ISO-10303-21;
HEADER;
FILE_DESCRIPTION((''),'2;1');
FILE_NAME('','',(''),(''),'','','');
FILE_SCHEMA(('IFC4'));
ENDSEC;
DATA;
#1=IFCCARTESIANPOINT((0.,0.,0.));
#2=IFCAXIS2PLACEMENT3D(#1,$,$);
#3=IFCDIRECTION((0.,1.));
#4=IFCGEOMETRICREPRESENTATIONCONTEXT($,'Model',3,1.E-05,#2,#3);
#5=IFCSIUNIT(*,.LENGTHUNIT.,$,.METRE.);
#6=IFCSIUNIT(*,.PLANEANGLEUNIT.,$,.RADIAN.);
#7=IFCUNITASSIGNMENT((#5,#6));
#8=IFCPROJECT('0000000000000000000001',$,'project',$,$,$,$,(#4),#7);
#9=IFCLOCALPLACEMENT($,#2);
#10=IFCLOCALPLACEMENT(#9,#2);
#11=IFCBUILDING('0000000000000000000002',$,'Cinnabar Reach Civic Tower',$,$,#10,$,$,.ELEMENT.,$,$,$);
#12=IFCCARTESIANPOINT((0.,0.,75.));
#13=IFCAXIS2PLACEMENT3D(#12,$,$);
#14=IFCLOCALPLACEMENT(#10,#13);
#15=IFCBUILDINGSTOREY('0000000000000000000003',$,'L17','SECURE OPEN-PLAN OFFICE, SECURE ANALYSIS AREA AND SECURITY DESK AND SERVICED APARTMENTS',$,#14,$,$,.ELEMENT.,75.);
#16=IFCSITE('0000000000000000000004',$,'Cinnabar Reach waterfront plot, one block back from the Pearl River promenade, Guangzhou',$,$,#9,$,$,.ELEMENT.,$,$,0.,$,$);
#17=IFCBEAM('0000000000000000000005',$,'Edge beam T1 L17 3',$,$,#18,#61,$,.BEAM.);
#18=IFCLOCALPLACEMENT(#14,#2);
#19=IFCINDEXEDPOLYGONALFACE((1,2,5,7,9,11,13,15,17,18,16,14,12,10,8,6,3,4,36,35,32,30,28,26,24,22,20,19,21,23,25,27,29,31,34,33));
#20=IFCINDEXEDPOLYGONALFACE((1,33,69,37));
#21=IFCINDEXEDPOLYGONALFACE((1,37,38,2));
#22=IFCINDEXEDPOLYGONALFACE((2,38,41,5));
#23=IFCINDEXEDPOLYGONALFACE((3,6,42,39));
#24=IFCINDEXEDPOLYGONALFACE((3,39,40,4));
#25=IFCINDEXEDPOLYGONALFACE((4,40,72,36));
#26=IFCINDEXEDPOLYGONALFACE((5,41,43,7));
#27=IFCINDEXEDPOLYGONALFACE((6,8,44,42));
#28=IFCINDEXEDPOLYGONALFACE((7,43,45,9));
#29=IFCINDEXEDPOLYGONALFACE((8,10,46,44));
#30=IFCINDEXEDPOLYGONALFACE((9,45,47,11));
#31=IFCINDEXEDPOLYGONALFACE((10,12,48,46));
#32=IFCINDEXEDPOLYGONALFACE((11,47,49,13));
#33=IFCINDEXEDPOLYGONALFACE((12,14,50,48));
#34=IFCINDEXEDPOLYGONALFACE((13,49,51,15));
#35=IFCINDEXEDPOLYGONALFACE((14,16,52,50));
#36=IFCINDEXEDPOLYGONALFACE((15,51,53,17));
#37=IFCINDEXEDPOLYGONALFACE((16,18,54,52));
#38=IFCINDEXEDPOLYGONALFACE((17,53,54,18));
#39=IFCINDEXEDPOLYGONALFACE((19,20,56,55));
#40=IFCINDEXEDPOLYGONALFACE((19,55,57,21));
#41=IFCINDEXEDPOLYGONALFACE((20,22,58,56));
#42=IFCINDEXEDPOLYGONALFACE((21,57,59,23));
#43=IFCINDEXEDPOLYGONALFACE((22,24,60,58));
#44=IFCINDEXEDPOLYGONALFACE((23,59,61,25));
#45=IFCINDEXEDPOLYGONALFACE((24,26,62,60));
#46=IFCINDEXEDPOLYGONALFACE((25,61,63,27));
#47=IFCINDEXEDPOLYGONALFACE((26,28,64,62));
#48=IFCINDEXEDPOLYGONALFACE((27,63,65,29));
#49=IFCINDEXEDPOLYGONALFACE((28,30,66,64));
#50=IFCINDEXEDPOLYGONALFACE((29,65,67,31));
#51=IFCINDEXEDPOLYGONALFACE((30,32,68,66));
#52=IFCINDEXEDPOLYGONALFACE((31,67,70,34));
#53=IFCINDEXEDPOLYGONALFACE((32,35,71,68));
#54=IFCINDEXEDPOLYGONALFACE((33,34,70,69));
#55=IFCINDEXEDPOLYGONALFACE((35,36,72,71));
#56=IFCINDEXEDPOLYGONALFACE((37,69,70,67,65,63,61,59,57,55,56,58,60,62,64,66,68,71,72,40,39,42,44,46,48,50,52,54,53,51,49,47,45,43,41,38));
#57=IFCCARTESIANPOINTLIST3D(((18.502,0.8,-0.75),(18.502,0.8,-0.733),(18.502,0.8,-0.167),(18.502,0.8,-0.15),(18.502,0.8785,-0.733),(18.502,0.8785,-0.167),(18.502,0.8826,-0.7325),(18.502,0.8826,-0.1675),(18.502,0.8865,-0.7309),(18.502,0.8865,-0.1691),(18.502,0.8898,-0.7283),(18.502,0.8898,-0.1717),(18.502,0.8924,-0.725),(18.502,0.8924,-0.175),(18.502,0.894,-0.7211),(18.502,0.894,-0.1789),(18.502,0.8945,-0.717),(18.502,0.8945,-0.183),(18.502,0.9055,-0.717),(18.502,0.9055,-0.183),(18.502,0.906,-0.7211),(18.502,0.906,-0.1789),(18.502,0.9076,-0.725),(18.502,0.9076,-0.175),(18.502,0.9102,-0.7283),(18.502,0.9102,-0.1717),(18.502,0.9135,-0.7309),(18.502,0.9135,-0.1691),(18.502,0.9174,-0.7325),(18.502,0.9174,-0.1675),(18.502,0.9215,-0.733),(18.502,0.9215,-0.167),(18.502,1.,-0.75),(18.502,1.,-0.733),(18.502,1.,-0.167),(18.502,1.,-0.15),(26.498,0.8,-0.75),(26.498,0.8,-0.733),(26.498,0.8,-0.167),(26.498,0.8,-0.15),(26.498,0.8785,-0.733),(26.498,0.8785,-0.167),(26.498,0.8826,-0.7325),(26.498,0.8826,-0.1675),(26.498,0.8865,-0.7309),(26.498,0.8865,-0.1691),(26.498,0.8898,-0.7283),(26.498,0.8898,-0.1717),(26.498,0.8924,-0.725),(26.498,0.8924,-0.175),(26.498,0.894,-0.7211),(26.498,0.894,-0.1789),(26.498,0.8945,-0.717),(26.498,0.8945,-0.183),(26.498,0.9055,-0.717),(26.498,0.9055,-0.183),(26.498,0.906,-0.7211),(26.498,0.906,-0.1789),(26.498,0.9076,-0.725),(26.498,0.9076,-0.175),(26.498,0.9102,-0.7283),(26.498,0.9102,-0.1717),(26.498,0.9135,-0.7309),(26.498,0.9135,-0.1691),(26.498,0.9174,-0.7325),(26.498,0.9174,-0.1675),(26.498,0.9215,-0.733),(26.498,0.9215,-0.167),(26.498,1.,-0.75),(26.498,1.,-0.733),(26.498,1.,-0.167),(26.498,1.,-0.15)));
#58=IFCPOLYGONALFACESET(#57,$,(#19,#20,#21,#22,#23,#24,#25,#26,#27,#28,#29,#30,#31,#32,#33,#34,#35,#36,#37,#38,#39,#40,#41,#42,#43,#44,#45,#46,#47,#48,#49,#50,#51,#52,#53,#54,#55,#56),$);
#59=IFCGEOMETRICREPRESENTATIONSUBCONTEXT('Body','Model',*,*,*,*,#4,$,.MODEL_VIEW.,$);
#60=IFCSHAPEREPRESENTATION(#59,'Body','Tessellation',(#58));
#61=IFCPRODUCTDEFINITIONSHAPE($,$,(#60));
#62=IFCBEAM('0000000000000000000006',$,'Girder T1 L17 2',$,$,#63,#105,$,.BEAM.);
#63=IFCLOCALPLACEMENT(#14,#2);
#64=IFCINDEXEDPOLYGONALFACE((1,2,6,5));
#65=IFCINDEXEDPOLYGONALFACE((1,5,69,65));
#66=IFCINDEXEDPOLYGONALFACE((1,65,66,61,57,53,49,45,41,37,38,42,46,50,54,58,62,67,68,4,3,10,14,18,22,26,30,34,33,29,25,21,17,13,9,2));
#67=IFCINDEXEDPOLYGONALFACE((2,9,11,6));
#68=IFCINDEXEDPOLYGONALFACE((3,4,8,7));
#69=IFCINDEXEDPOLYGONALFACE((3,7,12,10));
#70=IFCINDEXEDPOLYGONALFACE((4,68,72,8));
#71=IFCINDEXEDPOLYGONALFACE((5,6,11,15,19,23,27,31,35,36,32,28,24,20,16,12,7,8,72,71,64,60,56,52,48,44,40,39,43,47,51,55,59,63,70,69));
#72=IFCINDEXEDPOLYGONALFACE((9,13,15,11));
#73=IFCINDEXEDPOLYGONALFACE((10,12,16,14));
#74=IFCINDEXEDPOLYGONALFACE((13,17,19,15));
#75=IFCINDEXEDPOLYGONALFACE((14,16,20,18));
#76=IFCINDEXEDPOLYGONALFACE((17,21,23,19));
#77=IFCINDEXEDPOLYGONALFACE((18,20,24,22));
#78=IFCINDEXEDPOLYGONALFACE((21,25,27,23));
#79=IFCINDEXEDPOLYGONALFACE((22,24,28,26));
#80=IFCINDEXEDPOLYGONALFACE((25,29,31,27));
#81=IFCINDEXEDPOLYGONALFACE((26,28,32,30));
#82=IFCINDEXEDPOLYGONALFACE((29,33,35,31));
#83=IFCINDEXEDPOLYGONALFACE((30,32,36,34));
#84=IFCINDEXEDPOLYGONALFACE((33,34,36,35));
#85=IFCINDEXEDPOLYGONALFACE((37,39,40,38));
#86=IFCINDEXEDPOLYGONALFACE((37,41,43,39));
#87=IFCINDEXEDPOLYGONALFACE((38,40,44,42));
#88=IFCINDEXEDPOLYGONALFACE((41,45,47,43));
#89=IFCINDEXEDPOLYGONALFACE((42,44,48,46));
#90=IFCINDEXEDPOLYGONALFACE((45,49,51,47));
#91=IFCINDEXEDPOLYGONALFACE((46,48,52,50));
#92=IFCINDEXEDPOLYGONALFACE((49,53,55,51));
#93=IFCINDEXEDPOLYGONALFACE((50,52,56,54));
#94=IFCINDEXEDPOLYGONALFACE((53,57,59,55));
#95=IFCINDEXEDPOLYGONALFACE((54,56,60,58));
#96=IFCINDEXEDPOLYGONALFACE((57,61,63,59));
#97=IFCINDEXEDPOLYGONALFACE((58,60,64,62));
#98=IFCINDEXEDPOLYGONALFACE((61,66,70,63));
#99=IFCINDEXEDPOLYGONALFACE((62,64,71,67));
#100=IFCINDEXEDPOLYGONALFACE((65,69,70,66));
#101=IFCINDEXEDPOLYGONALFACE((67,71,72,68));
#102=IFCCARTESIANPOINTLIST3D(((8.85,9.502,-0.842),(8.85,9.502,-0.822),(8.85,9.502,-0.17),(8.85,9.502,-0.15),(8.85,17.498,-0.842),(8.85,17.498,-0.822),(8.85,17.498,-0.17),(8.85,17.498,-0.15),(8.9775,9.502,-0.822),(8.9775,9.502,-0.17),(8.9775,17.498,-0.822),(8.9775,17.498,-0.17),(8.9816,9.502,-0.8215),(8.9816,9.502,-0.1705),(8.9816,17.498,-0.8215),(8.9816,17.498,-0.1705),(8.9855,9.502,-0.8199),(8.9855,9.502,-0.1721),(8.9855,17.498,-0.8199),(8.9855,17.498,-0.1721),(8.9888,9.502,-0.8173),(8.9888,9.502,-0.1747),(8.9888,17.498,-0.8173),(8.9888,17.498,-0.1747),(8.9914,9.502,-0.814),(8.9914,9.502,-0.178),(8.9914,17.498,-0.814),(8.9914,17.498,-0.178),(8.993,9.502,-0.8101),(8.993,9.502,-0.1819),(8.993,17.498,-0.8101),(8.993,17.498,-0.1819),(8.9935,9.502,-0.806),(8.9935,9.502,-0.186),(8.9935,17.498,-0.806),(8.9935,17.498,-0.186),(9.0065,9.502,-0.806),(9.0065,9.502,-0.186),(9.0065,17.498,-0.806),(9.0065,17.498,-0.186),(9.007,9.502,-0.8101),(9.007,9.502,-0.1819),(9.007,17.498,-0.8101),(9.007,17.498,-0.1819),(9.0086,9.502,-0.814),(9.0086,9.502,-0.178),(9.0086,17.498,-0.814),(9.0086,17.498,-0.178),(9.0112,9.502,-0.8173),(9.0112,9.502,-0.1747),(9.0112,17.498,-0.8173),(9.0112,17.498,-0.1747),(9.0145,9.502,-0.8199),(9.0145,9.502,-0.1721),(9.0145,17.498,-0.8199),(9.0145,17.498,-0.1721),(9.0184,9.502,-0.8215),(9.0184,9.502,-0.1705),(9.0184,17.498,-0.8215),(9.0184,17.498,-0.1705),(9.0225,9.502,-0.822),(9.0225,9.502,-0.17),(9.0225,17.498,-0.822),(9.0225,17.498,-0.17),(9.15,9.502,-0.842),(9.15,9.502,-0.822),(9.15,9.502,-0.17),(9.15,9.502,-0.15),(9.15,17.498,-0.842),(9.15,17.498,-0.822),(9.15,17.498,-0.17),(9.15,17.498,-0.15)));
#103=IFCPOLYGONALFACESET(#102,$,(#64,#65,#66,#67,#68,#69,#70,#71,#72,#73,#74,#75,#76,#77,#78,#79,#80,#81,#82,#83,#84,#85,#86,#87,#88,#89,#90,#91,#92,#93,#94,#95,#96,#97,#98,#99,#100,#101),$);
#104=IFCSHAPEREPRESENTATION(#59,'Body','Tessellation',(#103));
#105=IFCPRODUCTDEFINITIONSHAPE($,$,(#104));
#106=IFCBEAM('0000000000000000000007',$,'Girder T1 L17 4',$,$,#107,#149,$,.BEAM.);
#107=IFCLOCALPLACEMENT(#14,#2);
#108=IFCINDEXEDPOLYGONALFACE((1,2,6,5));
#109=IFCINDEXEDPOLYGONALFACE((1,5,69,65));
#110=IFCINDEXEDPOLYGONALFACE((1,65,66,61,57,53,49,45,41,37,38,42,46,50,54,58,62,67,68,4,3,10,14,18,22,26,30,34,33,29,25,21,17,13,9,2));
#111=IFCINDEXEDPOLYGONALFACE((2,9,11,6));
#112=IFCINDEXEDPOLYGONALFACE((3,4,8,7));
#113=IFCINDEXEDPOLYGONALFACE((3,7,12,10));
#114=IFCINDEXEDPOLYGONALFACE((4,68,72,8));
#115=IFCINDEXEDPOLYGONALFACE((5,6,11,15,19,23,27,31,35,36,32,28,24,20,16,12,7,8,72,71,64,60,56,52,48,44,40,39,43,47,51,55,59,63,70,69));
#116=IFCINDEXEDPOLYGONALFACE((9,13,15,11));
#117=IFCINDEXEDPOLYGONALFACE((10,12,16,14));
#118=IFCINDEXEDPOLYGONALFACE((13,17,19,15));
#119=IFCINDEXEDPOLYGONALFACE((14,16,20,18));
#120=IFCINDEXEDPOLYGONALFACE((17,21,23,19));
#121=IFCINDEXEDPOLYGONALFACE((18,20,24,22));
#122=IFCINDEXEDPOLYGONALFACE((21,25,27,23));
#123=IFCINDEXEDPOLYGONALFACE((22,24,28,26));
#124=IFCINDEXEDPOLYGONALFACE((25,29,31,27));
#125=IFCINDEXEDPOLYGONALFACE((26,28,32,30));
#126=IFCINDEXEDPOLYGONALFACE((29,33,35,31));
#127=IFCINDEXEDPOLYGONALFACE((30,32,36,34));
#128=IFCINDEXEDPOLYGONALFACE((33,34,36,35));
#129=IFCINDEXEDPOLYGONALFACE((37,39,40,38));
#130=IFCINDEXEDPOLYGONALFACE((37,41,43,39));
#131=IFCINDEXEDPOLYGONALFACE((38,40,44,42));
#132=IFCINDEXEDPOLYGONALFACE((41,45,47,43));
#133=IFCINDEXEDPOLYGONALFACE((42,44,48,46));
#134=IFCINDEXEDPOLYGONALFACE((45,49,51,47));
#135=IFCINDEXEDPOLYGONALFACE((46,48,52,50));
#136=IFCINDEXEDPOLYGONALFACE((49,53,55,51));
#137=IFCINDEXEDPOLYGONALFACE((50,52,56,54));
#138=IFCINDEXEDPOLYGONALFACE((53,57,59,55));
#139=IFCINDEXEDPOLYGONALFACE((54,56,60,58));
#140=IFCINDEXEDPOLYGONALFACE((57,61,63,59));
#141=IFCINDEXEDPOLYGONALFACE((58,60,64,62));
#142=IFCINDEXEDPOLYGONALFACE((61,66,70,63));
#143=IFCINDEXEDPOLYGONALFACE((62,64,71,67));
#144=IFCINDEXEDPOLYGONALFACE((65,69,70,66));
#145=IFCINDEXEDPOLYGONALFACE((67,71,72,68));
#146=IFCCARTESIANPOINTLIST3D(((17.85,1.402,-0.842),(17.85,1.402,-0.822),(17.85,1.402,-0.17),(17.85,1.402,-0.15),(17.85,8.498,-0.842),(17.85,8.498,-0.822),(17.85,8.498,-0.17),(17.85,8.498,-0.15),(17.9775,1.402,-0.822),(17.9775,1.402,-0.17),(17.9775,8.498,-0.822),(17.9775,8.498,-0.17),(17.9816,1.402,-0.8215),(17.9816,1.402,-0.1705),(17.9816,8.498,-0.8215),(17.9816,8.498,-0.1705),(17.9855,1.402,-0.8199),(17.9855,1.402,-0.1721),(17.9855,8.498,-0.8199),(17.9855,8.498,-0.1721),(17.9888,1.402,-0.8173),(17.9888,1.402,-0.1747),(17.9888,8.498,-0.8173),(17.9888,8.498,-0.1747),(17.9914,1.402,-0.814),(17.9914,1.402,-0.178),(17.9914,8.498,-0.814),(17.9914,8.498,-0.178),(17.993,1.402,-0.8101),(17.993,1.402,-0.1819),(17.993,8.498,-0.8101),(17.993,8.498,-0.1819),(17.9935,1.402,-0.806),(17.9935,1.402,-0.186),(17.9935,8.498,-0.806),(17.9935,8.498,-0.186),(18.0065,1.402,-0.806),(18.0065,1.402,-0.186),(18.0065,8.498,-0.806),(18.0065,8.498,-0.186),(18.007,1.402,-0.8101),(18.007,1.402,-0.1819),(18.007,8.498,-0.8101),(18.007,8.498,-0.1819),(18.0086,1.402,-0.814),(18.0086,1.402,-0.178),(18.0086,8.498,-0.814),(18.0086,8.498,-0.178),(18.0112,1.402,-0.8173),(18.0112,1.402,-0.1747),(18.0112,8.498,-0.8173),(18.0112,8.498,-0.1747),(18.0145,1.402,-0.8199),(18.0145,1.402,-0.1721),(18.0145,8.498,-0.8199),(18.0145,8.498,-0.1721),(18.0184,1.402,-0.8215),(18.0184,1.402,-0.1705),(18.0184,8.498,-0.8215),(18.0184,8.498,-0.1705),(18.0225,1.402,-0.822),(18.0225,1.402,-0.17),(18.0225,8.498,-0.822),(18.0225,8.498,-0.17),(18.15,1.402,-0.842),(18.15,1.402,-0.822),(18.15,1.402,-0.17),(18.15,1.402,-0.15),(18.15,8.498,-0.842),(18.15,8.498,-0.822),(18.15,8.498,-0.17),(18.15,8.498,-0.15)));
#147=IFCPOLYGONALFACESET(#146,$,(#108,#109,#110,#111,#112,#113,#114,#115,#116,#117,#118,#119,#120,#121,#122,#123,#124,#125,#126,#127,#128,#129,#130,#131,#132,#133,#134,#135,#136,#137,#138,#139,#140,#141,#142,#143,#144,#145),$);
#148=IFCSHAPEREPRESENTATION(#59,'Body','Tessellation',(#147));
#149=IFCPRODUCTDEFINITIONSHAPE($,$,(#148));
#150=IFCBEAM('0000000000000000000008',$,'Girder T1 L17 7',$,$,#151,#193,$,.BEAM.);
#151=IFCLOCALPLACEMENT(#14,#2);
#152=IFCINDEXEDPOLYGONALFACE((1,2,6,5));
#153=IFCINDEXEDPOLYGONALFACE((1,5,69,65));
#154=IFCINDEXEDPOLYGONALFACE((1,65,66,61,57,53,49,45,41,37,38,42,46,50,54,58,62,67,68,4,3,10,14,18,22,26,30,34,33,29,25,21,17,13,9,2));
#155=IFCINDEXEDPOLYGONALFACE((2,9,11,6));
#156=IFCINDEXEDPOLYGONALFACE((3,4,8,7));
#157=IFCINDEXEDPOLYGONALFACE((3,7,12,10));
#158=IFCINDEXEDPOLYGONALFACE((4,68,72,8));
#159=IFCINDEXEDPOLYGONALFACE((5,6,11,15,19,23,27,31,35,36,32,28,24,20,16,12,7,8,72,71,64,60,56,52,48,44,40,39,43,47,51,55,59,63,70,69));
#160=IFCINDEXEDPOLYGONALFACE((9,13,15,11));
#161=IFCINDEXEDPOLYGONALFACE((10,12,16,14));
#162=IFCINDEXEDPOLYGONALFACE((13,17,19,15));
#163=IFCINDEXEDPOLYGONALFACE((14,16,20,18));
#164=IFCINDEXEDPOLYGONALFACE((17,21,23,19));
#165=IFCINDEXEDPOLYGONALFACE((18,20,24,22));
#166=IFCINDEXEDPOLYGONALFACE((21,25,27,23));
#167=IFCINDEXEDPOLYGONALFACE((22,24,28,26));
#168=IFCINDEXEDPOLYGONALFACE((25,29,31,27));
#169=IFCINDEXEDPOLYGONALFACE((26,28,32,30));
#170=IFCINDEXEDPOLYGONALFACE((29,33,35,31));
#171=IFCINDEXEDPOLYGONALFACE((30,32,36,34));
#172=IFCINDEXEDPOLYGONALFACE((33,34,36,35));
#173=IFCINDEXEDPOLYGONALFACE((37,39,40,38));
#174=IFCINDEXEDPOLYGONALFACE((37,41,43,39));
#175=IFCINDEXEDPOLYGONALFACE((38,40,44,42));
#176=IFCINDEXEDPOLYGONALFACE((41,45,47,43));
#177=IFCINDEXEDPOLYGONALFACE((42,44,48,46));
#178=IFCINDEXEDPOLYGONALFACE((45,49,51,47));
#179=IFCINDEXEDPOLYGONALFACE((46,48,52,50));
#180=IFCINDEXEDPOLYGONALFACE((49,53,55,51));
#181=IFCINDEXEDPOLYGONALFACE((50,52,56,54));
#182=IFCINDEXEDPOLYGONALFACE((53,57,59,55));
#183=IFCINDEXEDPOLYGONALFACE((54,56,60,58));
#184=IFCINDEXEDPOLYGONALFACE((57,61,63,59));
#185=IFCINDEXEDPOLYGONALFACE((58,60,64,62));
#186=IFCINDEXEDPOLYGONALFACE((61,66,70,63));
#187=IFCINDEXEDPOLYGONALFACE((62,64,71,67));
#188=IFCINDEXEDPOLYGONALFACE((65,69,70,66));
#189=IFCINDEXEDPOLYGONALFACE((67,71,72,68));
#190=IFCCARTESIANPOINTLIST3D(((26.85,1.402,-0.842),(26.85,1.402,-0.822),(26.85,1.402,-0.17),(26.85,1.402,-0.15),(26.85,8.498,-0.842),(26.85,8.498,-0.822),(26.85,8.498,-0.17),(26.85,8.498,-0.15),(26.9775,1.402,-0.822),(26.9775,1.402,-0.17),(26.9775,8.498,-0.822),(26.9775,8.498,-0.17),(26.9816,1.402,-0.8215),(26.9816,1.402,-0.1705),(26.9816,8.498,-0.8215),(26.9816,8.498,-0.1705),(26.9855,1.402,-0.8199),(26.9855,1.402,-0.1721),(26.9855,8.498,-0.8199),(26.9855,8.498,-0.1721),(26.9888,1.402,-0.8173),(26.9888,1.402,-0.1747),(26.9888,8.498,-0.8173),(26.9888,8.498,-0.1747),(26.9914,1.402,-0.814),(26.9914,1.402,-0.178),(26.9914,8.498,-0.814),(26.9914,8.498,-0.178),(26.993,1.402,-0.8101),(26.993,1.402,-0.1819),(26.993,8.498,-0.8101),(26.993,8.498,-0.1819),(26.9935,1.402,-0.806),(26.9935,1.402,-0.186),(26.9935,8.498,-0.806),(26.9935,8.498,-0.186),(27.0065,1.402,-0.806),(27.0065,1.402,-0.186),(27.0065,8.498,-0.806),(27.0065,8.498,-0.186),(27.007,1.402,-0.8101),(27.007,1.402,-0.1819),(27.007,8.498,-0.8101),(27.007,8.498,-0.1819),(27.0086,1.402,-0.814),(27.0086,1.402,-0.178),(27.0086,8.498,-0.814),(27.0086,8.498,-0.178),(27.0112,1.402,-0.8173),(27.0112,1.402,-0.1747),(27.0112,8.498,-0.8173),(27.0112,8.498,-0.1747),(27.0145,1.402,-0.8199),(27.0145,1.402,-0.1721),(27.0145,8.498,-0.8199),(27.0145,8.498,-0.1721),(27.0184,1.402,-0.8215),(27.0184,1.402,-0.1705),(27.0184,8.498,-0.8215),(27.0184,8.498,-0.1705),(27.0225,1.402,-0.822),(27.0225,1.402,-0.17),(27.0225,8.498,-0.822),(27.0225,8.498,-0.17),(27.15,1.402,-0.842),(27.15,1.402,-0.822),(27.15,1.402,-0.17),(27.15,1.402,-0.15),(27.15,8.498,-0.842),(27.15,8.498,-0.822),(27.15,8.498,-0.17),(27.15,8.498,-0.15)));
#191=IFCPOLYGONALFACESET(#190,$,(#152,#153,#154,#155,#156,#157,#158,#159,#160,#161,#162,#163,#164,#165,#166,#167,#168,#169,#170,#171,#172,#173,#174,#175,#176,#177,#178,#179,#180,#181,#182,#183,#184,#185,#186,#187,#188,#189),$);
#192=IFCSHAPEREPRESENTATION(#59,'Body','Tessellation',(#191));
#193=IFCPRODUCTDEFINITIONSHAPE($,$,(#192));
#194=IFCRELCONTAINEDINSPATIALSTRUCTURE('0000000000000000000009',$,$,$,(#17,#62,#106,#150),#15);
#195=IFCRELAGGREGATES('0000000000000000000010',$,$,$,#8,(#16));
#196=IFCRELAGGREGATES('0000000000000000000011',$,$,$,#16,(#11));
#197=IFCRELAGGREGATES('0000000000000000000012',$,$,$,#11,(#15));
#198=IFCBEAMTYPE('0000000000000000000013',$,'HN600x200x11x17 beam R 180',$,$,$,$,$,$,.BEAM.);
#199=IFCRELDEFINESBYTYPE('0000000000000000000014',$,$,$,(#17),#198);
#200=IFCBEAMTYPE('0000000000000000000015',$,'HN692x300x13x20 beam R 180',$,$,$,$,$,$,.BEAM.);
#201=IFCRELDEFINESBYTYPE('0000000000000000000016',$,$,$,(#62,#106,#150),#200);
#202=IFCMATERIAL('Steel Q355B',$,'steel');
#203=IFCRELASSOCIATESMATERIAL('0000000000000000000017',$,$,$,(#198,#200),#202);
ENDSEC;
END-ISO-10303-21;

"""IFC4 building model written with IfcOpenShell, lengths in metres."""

from ifc_helpers import new_model, si_unit, direction, frame, origin, origin_2d, place, context, subcontext, project, spatial, i_section, extrude, material, material_profile, profile_set, type_object, element, save


model = new_model("IFC4")

# Units and contexts
model_context = context("Model", 3, precision=1e-05, world=origin(), true_north=direction((0.0, 1.0)))
body_context = subcontext(model_context, "Body", "Model", "MODEL_VIEW")
ifc_project = project(units=[si_unit("LENGTHUNIT", "METRE"), si_unit("PLANEANGLEUNIT", "RADIAN")], contexts=[model_context])

# Site, building, storey
site_placement = place(None, origin())
site = spatial("IfcSite", under=ifc_project, at=site_placement, Name="Cinnabar Reach waterfront plot, one block back from the Pearl River promenade, Guangzhou", CompositionType="ELEMENT", RefElevation=0.0)
building_placement = place(site_placement, origin())
building = spatial("IfcBuilding", under=site, at=building_placement, Name="Cinnabar Reach Civic Tower", CompositionType="ELEMENT")
storey_placement = place(building_placement, frame((0.0, 0.0, 75.0)))
storey = spatial("IfcBuildingStorey", under=building, at=storey_placement, Name="L17", Description="SECURE OPEN-PLAN OFFICE, SECURE ANALYSIS AREA AND SECURITY DESK AND SERVICED APARTMENTS", CompositionType="ELEMENT", Elevation=75.0)

# Beams
ifc_material_1 = material(Name="Steel Q355B", Category="steel")
ifc_material_profile_1 = material_profile(ifc_material_1, i_section(OverallWidth=0.2, OverallDepth=0.6, WebThickness=0.011, FlangeThickness=0.017, FilletRadius=0.016, at=origin_2d()), Name="HN600x200x11x17")
ifc_profile_set_1 = profile_set([ifc_material_profile_1], Name="Steel Q355B")
beam_type_1 = type_object("IfcBeamType", Name="HN600x200x11x17 beam R 180", PredefinedType="BEAM", material=ifc_profile_set_1)
for number, where, z_axis, x_axis, name in (
    (1, (18.502, 0.9, -0.45), (1.0, 0.0, 0.0), (0.0, 1.0, 0.0), "Edge beam T1 L17 3"),
):
    element("IfcBeam", number, at=place(storey_placement, frame(where, z_axis=z_axis, x_axis=x_axis)), inside=storey, type_object=beam_type_1, Name=name, PredefinedType="BEAM", context=body_context, shape_type="SweptSolid", body=[
        extrude(i_section(OverallWidth=0.2, OverallDepth=0.6, WebThickness=0.011, FlangeThickness=0.017, FilletRadius=0.016, at=origin_2d()), origin(), (0.0, 0.0, 1.0), 7.996),
    ])
ifc_material_profile_2 = material_profile(ifc_material_1, i_section(OverallWidth=0.3, OverallDepth=0.692, WebThickness=0.013, FlangeThickness=0.02, FilletRadius=0.016, at=origin_2d()), Name="HN692x300x13x20")
ifc_profile_set_2 = profile_set([ifc_material_profile_2], Name="Steel Q355B")
beam_type_2 = type_object("IfcBeamType", Name="HN692x300x13x20 beam R 180", PredefinedType="BEAM", material=ifc_profile_set_2)
beam_placement = place(storey_placement, frame((9.0, 9.502, -0.496), z_axis=(0.0, 1.0, 0.0), x_axis=(-1.0, 0.0, 0.0)))
element("IfcBeam", 2, at=beam_placement, inside=storey, type_object=beam_type_2, Name="Girder T1 L17 2", PredefinedType="BEAM", context=body_context, shape_type="SweptSolid", body=[
    extrude(i_section(OverallWidth=0.3, OverallDepth=0.692, WebThickness=0.013, FlangeThickness=0.02, FilletRadius=0.016, at=origin_2d()), origin(), (0.0, 0.0, 1.0), 7.996),
])
for number, where, z_axis, x_axis, name in (
    (3, (18.0, 1.402, -0.496), (0.0, 1.0, 0.0), (-1.0, 0.0, 0.0), "Girder T1 L17 4"),
    (4, (27.0, 1.402, -0.496), (0.0, 1.0, 0.0), (-1.0, 0.0, 0.0), "Girder T1 L17 7"),
):
    element("IfcBeam", number, at=place(storey_placement, frame(where, z_axis=z_axis, x_axis=x_axis)), inside=storey, type_object=beam_type_2, Name=name, PredefinedType="BEAM", context=body_context, shape_type="SweptSolid", body=[
        extrude(i_section(OverallWidth=0.3, OverallDepth=0.692, WebThickness=0.013, FlangeThickness=0.02, FilletRadius=0.016, at=origin_2d()), origin(), (0.0, 0.0, 1.0), 7.096),
    ])

save(model, "model.ifc")
